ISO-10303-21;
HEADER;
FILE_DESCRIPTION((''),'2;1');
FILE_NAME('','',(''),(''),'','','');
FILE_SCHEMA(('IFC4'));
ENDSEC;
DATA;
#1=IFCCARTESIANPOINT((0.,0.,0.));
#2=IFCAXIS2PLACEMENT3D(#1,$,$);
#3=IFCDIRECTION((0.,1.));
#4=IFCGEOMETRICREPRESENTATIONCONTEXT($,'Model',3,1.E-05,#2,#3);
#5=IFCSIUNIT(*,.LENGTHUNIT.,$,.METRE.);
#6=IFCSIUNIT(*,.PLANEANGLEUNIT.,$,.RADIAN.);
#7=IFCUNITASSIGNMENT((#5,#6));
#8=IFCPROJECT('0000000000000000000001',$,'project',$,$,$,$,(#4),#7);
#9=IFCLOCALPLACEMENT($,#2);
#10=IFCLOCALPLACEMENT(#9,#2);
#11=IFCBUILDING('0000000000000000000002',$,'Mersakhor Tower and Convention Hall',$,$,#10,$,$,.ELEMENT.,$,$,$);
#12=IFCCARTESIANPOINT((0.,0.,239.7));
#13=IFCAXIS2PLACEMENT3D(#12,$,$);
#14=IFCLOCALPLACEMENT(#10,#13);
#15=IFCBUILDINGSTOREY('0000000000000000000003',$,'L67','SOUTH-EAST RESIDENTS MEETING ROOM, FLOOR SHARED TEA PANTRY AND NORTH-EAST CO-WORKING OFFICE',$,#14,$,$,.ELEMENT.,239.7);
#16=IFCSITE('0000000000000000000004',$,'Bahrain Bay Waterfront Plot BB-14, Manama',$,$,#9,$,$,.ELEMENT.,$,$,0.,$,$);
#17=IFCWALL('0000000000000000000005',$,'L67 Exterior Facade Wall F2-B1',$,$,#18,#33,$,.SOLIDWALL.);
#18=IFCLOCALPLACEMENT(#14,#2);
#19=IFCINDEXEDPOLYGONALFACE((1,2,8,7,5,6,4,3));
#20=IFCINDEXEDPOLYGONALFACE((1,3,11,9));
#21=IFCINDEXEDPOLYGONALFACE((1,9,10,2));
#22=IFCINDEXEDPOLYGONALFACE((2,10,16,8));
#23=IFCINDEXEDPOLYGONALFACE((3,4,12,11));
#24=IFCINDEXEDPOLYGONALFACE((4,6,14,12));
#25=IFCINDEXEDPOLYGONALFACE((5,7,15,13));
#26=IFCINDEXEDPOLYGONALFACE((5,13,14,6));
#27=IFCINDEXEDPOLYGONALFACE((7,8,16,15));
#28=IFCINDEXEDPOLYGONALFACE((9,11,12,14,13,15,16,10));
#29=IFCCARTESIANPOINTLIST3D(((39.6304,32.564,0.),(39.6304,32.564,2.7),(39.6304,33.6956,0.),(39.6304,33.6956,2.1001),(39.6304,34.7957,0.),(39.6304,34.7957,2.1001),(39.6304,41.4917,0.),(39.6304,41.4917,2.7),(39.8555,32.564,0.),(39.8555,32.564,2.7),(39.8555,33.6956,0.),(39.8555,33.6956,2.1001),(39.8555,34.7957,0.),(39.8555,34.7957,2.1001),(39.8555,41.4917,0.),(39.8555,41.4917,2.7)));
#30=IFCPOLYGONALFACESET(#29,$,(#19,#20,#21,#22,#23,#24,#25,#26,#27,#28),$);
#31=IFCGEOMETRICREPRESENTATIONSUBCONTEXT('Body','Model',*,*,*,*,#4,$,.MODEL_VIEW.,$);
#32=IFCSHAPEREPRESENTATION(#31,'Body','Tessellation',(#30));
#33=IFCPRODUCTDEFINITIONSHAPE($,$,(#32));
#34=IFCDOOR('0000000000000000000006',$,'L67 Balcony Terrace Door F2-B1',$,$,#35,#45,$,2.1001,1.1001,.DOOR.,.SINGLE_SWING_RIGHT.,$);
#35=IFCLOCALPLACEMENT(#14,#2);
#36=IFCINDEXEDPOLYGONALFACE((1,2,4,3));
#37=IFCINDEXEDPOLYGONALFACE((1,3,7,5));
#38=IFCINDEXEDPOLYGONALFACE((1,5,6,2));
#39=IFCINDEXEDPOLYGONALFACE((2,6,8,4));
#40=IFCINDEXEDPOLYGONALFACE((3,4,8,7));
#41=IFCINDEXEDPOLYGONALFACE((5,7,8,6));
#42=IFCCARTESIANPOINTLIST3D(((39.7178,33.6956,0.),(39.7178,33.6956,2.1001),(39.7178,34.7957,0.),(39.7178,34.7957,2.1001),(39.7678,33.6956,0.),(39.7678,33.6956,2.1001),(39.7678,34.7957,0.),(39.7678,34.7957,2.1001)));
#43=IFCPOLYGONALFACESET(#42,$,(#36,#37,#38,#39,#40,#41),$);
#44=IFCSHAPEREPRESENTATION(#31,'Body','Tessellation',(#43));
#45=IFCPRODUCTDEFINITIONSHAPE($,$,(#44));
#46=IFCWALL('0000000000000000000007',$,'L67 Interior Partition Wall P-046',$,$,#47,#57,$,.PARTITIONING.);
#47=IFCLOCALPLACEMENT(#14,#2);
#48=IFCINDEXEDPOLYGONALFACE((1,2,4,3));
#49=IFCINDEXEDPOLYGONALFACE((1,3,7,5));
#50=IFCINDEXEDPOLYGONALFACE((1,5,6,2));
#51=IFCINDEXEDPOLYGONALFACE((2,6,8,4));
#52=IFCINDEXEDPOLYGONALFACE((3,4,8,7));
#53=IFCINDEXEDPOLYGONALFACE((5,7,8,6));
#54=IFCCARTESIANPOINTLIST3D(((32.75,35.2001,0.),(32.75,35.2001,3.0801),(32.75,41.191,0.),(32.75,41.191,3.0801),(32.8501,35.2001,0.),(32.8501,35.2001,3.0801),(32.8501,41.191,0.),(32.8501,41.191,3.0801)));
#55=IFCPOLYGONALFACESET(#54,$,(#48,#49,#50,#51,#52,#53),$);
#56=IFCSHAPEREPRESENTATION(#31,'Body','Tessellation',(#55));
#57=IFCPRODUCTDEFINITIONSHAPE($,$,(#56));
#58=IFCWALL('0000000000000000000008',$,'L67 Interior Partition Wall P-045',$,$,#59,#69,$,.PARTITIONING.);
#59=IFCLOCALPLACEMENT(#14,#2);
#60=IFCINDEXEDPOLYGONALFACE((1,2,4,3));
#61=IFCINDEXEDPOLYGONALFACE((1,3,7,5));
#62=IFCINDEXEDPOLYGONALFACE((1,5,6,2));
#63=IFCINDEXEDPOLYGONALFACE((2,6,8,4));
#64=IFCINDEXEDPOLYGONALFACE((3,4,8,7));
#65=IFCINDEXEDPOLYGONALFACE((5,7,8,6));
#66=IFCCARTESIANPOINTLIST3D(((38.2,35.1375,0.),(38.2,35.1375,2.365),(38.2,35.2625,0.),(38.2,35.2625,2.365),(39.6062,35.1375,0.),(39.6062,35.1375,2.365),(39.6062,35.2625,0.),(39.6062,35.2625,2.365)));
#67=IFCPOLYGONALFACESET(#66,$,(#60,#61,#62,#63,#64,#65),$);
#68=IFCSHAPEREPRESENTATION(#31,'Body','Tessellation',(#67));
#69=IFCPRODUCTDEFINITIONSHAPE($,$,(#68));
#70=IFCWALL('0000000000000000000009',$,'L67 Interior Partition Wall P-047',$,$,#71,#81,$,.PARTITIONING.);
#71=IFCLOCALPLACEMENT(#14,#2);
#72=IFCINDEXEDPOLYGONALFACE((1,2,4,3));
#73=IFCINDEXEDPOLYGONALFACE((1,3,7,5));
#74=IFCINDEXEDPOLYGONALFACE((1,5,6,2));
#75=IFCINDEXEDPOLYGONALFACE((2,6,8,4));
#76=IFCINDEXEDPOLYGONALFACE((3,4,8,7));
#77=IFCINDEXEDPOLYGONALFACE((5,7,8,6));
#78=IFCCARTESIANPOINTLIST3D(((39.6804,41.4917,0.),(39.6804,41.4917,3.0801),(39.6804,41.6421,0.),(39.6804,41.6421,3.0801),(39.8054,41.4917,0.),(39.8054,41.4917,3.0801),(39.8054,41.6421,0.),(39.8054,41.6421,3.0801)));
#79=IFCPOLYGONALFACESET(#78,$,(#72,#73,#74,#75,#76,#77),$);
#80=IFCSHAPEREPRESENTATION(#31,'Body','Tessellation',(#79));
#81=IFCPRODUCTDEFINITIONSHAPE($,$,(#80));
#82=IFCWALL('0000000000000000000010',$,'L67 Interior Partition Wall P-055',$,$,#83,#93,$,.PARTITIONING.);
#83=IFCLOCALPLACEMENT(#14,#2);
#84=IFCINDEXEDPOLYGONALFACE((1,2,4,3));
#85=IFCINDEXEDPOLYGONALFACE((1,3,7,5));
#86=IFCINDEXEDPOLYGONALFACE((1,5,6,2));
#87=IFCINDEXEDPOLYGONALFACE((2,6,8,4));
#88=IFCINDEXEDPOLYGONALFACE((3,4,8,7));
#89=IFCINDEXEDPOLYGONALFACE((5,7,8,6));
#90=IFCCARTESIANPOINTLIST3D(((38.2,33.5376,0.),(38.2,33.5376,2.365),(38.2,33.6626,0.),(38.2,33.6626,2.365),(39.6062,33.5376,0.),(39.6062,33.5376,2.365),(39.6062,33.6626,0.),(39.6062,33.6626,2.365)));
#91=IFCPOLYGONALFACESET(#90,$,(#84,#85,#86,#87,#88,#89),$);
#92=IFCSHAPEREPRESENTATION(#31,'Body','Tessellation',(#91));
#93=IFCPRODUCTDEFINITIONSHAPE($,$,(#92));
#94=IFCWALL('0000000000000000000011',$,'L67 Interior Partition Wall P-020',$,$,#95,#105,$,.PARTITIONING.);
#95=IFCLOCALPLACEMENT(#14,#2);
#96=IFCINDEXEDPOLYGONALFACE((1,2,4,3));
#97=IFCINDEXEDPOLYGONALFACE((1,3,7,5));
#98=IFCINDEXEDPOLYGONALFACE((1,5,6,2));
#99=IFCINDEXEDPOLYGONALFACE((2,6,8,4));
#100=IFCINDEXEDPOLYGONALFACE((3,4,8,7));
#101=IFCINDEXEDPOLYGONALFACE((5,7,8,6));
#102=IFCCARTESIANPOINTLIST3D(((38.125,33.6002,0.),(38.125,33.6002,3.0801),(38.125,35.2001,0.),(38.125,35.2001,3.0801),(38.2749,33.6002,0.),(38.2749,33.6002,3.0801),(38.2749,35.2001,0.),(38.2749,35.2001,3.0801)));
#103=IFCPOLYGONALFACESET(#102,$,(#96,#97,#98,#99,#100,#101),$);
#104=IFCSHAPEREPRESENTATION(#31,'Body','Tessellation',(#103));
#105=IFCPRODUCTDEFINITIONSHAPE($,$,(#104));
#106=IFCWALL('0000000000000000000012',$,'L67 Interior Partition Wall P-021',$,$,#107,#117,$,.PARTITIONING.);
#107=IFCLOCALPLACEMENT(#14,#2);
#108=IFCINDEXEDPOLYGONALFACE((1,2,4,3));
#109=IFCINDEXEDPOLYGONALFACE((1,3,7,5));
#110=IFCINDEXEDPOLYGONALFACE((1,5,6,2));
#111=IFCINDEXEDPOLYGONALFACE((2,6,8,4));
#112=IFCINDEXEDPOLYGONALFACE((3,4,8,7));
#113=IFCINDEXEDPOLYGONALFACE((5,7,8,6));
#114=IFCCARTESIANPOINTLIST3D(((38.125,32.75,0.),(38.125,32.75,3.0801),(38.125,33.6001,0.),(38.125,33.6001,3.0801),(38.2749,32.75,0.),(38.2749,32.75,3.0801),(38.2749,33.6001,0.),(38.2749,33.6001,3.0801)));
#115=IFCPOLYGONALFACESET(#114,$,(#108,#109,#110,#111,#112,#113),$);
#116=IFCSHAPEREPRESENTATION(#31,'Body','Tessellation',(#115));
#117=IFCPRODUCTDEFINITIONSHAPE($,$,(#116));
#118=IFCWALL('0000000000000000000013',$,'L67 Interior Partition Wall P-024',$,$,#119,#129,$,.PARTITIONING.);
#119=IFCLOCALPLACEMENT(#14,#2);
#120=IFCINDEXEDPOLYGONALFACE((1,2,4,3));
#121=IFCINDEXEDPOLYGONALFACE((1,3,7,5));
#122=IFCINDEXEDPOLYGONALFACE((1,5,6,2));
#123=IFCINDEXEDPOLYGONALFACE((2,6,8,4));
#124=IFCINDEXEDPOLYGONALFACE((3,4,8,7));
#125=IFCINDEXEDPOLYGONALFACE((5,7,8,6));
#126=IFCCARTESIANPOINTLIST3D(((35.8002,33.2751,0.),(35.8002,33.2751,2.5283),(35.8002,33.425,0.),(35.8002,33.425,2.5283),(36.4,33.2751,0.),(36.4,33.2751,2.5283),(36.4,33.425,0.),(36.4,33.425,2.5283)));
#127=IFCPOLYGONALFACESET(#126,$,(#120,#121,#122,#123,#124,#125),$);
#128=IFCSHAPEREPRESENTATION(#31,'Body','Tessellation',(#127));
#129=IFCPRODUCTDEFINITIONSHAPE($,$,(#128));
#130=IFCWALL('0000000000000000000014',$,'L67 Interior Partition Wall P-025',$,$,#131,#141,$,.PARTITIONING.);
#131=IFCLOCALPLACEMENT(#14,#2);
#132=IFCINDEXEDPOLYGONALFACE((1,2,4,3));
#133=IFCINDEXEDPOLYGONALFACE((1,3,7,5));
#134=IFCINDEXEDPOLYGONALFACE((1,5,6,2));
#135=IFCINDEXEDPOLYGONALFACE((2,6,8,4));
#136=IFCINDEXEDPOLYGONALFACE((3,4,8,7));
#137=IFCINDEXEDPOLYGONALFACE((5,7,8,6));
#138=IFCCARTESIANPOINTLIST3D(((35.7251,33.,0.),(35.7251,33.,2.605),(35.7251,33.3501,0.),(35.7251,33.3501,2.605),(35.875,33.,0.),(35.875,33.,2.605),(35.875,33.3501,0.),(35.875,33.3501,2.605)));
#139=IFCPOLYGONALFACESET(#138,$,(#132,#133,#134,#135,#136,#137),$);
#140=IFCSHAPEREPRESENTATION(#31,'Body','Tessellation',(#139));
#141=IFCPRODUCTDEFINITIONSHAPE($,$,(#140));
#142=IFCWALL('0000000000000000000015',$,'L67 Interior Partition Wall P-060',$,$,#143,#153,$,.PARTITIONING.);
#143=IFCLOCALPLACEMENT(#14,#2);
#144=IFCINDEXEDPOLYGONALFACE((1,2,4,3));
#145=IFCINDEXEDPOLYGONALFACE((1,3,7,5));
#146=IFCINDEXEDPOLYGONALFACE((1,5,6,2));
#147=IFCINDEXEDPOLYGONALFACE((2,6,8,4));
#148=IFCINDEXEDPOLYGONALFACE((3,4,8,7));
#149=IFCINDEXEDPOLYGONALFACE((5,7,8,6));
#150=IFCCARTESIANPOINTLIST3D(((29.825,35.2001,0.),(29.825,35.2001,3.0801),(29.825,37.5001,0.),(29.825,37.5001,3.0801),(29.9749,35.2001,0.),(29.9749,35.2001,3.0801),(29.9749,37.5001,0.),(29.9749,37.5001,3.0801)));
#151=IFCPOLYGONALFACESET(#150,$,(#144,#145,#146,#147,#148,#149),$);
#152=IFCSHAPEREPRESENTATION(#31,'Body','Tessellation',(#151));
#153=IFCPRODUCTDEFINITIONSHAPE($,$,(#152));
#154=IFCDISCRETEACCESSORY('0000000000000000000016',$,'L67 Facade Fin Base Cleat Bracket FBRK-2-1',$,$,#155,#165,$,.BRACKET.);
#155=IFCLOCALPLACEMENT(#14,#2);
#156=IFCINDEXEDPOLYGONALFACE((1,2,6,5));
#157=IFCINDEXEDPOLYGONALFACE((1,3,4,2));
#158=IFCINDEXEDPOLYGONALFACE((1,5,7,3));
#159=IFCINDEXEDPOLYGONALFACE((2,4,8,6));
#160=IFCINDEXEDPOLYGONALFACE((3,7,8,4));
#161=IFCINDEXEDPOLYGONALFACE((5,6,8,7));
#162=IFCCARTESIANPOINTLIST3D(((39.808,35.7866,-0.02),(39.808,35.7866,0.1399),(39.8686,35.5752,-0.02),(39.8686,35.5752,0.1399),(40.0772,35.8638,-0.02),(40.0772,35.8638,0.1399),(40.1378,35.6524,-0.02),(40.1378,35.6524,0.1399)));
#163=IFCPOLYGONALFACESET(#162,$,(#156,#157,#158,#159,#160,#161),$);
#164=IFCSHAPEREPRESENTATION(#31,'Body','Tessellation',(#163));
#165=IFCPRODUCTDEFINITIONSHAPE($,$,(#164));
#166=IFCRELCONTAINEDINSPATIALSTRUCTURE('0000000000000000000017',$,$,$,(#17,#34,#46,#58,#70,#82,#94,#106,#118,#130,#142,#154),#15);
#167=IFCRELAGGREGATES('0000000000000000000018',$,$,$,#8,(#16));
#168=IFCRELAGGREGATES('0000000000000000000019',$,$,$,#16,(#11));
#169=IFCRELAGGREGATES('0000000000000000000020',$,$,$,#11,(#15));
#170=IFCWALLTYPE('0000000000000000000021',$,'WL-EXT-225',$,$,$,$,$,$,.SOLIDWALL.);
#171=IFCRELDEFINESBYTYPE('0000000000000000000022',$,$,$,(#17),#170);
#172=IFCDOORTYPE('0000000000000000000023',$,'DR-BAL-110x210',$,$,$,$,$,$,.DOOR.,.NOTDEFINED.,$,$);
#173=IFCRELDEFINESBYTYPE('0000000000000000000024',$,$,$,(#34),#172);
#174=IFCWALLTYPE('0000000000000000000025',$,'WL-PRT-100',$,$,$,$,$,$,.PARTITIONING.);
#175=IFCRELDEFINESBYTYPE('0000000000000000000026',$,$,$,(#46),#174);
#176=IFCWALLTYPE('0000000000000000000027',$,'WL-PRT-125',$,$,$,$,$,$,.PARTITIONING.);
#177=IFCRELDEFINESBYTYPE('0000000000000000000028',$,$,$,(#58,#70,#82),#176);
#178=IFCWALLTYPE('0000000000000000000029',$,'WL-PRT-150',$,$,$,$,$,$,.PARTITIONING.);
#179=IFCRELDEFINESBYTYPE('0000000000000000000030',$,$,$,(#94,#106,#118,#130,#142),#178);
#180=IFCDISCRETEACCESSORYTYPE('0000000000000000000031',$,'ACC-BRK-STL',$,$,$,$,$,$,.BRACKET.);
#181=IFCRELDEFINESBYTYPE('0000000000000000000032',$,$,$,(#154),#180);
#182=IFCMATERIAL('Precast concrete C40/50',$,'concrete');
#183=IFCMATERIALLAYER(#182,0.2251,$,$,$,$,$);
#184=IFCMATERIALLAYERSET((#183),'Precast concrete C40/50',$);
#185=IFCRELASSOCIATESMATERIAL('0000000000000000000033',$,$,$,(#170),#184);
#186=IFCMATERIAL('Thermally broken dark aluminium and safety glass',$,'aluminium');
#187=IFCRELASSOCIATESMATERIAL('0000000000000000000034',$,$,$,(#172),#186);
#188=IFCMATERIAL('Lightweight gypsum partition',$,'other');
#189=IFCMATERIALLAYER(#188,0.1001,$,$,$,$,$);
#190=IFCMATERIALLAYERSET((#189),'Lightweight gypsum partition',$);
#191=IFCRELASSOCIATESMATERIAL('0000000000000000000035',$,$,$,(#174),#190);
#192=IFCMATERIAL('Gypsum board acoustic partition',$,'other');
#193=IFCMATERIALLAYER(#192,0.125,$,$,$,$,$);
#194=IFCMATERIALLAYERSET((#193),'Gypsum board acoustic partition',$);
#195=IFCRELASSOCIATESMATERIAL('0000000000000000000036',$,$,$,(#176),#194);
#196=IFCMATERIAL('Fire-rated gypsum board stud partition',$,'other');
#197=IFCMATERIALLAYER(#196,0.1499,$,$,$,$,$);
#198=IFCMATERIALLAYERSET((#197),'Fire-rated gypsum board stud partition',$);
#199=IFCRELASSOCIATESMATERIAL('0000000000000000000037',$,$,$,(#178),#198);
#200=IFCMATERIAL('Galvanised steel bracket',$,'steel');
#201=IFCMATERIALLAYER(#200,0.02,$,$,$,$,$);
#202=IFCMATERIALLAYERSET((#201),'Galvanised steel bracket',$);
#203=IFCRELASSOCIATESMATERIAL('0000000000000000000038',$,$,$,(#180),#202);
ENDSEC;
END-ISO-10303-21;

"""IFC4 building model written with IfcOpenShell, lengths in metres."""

from ifc_helpers import new_model, si_unit, direction, frame, frame_2d, origin, origin_2d, place, context, subcontext, project, spatial, rectangle, extrude, material, layer, layer_set, type_object, element, fill, save


model = new_model("IFC4")

# Units and contexts
model_context = context("Model", 3, precision=1e-05, world=origin(), true_north=direction((0.0, 1.0)))
body_context = subcontext(model_context, "Body", "Model", "MODEL_VIEW")
ifc_project = project(units=[si_unit("LENGTHUNIT", "METRE"), si_unit("PLANEANGLEUNIT", "RADIAN")], contexts=[model_context])

# Site, building, storey
site_placement = place(None, origin())
site = spatial("IfcSite", under=ifc_project, at=site_placement, Name="Bahrain Bay Waterfront Plot BB-14, Manama", CompositionType="ELEMENT", RefElevation=0.0)
building_placement = place(site_placement, origin())
building = spatial("IfcBuilding", under=site, at=building_placement, Name="Mersakhor Tower and Convention Hall", CompositionType="ELEMENT")
storey_placement = place(building_placement, frame((0.0, 0.0, 239.7)))
storey = spatial("IfcBuildingStorey", under=building, at=storey_placement, Name="L67", Description="SOUTH-EAST RESIDENTS MEETING ROOM, FLOOR SHARED TEA PANTRY AND NORTH-EAST CO-WORKING OFFICE", CompositionType="ELEMENT", Elevation=239.7)

# Shared definitions
ifc_material_1 = material(Name="Precast concrete C40/50", Category="concrete")
ifc_layer_1 = layer(ifc_material_1, 0.2251)
ifc_layer_set_1 = layer_set([ifc_layer_1], Name="Precast concrete C40/50")
wall_type_1 = type_object("IfcWallType", Name="WL-EXT-225", PredefinedType="SOLIDWALL", material=ifc_layer_set_1)

# Wall, opening, door
wall_1_placement = place(storey_placement, frame((39.7429, 41.4917, 0.0), z_axis=(0.0, 0.0, 1.0), x_axis=(0.0, -1.0, 0.0)))
wall_1 = element("IfcWall", 1, at=wall_1_placement, inside=storey, type_object=wall_type_1, Name="L67 Exterior Facade Wall F2-B1", PredefinedType="SOLIDWALL", context=body_context, shape_type="SweptSolid", body=[
    extrude(rectangle(XDim=8.9277, YDim=0.2251, at=frame_2d((4.4639, 0.0))), origin(), (0.0, 0.0, 1.0), 2.7),
])
opening_1_placement = place(wall_1_placement, frame((6.696, 0.0, 0.0)))
opening_1 = element("IfcOpeningElement", 2, at=opening_1_placement, cuts=wall_1, PredefinedType="OPENING", context=body_context, shape_type="SweptSolid", body=[
    extrude(rectangle(XDim=1.1001, YDim=2.1001, at=frame_2d((0.55, 1.05))), frame((0.0, 0.1226, 0.0), z_axis=(0.0, -1.0, 0.0), x_axis=(1.0, 0.0, 0.0)), (0.0, 0.0, 1.0), 0.2451),
])
ifc_material_2 = material(Name="Thermally broken dark aluminium and safety glass", Category="aluminium")
door_type_1 = type_object("IfcDoorType", Name="DR-BAL-110x210", OperationType="NOTDEFINED", PredefinedType="DOOR", material=ifc_material_2)
door_1_placement = place(opening_1_placement, origin())
door_1 = element("IfcDoor", 3, at=door_1_placement, inside=storey, type_object=door_type_1, Name="L67 Balcony Terrace Door F2-B1", OperationType="SINGLE_SWING_RIGHT", OverallHeight=2.1001, OverallWidth=1.1001, PredefinedType="DOOR", context=body_context, shape_type="SweptSolid", body=[
    extrude(rectangle(XDim=1.1001, YDim=2.1001, at=frame_2d((0.55, 1.05))), frame((0.0, 0.0249, 0.0), z_axis=(0.0, -1.0, 0.0), x_axis=(1.0, 0.0, 0.0)), (0.0, 0.0, 1.0), 0.05),
])
fill(opening_1, door_1)

# Walls
ifc_material_3 = material(Name="Lightweight gypsum partition", Category="other")
ifc_layer_2 = layer(ifc_material_3, 0.1001)
ifc_layer_set_2 = layer_set([ifc_layer_2], Name="Lightweight gypsum partition")
wall_type_2 = type_object("IfcWallType", Name="WL-PRT-100", PredefinedType="PARTITIONING", material=ifc_layer_set_2)
wall_2_placement = place(storey_placement, frame((32.8, 35.2, 0.0), z_axis=(0.0, 0.0, 1.0), x_axis=(0.0, 1.0, 0.0)))
element("IfcWall", 4, at=wall_2_placement, inside=storey, type_object=wall_type_2, Name="L67 Interior Partition Wall P-046", PredefinedType="PARTITIONING", context=body_context, shape_type="SweptSolid", body=[
    extrude(rectangle(XDim=5.991, YDim=0.1001, at=frame_2d((2.9956, 0.0))), origin(), (0.0, 0.0, 1.0), 3.0801),
])
ifc_material_4 = material(Name="Gypsum board acoustic partition", Category="other")
ifc_layer_3 = layer(ifc_material_4, 0.125)
ifc_layer_set_3 = layer_set([ifc_layer_3], Name="Gypsum board acoustic partition")
wall_type_3 = type_object("IfcWallType", Name="WL-PRT-125", PredefinedType="PARTITIONING", material=ifc_layer_set_3)
wall_3_placement = place(storey_placement, frame((39.6062, 35.2, 0.0), z_axis=(0.0, 0.0, 1.0), x_axis=(-1.0, 0.0, 0.0)))
element("IfcWall", 5, at=wall_3_placement, inside=storey, type_object=wall_type_3, Name="L67 Interior Partition Wall P-045", PredefinedType="PARTITIONING", context=body_context, shape_type="SweptSolid", body=[
    extrude(rectangle(XDim=1.4062, YDim=0.125, at=frame_2d((0.7031, 0.0))), origin(), (0.0, 0.0, 1.0), 2.365),
])
wall_4_placement = place(storey_placement, frame((39.7429, 41.6421, 0.0), z_axis=(0.0, 0.0, 1.0), x_axis=(0.0, -1.0, 0.0)))
element("IfcWall", 6, at=wall_4_placement, inside=storey, type_object=wall_type_3, Name="L67 Interior Partition Wall P-047", PredefinedType="PARTITIONING", context=body_context, shape_type="SweptSolid", body=[
    extrude(rectangle(XDim=0.1504, YDim=0.125, at=frame_2d((0.0752, 0.0))), origin(), (0.0, 0.0, 1.0), 3.0801),
])
wall_5_placement = place(storey_placement, frame((38.2, 33.6001, 0.0), z_axis=(0.0, 0.0, 1.0), x_axis=(1.0, 0.0, 0.0)))
element("IfcWall", 7, at=wall_5_placement, inside=storey, type_object=wall_type_3, Name="L67 Interior Partition Wall P-055", PredefinedType="PARTITIONING", context=body_context, shape_type="SweptSolid", body=[
    extrude(rectangle(XDim=1.4062, YDim=0.125, at=frame_2d((0.7031, 0.0))), origin(), (0.0, 0.0, 1.0), 2.365),
])

# Shared definitions
ifc_material_5 = material(Name="Fire-rated gypsum board stud partition", Category="other")
ifc_layer_4 = layer(ifc_material_5, 0.1499)
ifc_layer_set_4 = layer_set([ifc_layer_4], Name="Fire-rated gypsum board stud partition")
wall_type_4 = type_object("IfcWallType", Name="WL-PRT-150", PredefinedType="PARTITIONING", material=ifc_layer_set_4)

# Walls
wall_6_placement = place(storey_placement, frame((38.2, 35.2, 0.0), z_axis=(0.0, 0.0, 1.0), x_axis=(0.0, -1.0, 0.0)))
element("IfcWall", 8, at=wall_6_placement, inside=storey, type_object=wall_type_4, Name="L67 Interior Partition Wall P-020", PredefinedType="PARTITIONING", context=body_context, shape_type="SweptSolid", body=[
    extrude(rectangle(XDim=1.5999, YDim=0.1499, at=frame_2d((0.7998, 0.0))), origin(), (0.0, 0.0, 1.0), 3.0801),
])
wall_7_placement = place(storey_placement, frame((38.2, 33.6001, 0.0), z_axis=(0.0, 0.0, 1.0), x_axis=(0.0, -1.0, 0.0)))
element("IfcWall", 9, at=wall_7_placement, inside=storey, type_object=wall_type_4, Name="L67 Interior Partition Wall P-021", PredefinedType="PARTITIONING", context=body_context, shape_type="SweptSolid", body=[
    extrude(rectangle(XDim=0.8501, YDim=0.1499, at=frame_2d((0.425, 0.0))), origin(), (0.0, 0.0, 1.0), 3.0801),
])
wall_8_placement = place(storey_placement, frame((36.3999, 33.3501, 0.0), z_axis=(0.0, 0.0, 1.0), x_axis=(-1.0, 0.0, 0.0)))
element("IfcWall", 10, at=wall_8_placement, inside=storey, type_object=wall_type_4, Name="L67 Interior Partition Wall P-024", PredefinedType="PARTITIONING", context=body_context, shape_type="SweptSolid", body=[
    extrude(rectangle(XDim=0.5999, YDim=0.1499, at=frame_2d((0.2998, 0.0))), origin(), (0.0, 0.0, 1.0), 2.5283),
])
wall_9_placement = place(storey_placement, frame((35.8, 33.3501, 0.0), z_axis=(0.0, 0.0, 1.0), x_axis=(0.0, -1.0, 0.0)))
element("IfcWall", 11, at=wall_9_placement, inside=storey, type_object=wall_type_4, Name="L67 Interior Partition Wall P-025", PredefinedType="PARTITIONING", context=body_context, shape_type="SweptSolid", body=[
    extrude(rectangle(XDim=0.3501, YDim=0.1499, at=frame_2d((0.175, 0.0))), origin(), (0.0, 0.0, 1.0), 2.605),
])
wall_10_placement = place(storey_placement, frame((29.8999, 37.5, 0.0), z_axis=(0.0, 0.0, 1.0), x_axis=(0.0, -1.0, 0.0)))
element("IfcWall", 12, at=wall_10_placement, inside=storey, type_object=wall_type_4, Name="L67 Interior Partition Wall P-060", PredefinedType="PARTITIONING", context=body_context, shape_type="SweptSolid", body=[
    extrude(rectangle(XDim=2.3, YDim=0.1499, at=frame_2d((1.1499, 0.0))), origin(), (0.0, 0.0, 1.0), 3.0801),
])

# Discrete accessory
ifc_material_6 = material(Name="Galvanised steel bracket", Category="steel")
ifc_layer_5 = layer(ifc_material_6, 0.02)
ifc_layer_set_5 = layer_set([ifc_layer_5], Name="Galvanised steel bracket")
discrete_accessory_type = type_object("IfcDiscreteAccessoryType", Name="ACC-BRK-STL", PredefinedType="BRACKET", material=ifc_layer_set_5)
discrete_accessory_placement = place(storey_placement, frame((39.9729, 35.7195, -0.02), z_axis=(0.0, 0.0, 1.0), x_axis=(0.961262, 0.275637, 0.0)))
element("IfcDiscreteAccessory", 13, at=discrete_accessory_placement, inside=storey, type_object=discrete_accessory_type, Name="L67 Facade Fin Base Cleat Bracket FBRK-2-1", PredefinedType="BRACKET", context=body_context, shape_type="SweptSolid", body=[
    extrude(rectangle(XDim=0.28, YDim=0.22, at=origin_2d()), origin(), (0.0, 0.0, 1.0), 0.1599),
])

save(model, "model.ifc")
